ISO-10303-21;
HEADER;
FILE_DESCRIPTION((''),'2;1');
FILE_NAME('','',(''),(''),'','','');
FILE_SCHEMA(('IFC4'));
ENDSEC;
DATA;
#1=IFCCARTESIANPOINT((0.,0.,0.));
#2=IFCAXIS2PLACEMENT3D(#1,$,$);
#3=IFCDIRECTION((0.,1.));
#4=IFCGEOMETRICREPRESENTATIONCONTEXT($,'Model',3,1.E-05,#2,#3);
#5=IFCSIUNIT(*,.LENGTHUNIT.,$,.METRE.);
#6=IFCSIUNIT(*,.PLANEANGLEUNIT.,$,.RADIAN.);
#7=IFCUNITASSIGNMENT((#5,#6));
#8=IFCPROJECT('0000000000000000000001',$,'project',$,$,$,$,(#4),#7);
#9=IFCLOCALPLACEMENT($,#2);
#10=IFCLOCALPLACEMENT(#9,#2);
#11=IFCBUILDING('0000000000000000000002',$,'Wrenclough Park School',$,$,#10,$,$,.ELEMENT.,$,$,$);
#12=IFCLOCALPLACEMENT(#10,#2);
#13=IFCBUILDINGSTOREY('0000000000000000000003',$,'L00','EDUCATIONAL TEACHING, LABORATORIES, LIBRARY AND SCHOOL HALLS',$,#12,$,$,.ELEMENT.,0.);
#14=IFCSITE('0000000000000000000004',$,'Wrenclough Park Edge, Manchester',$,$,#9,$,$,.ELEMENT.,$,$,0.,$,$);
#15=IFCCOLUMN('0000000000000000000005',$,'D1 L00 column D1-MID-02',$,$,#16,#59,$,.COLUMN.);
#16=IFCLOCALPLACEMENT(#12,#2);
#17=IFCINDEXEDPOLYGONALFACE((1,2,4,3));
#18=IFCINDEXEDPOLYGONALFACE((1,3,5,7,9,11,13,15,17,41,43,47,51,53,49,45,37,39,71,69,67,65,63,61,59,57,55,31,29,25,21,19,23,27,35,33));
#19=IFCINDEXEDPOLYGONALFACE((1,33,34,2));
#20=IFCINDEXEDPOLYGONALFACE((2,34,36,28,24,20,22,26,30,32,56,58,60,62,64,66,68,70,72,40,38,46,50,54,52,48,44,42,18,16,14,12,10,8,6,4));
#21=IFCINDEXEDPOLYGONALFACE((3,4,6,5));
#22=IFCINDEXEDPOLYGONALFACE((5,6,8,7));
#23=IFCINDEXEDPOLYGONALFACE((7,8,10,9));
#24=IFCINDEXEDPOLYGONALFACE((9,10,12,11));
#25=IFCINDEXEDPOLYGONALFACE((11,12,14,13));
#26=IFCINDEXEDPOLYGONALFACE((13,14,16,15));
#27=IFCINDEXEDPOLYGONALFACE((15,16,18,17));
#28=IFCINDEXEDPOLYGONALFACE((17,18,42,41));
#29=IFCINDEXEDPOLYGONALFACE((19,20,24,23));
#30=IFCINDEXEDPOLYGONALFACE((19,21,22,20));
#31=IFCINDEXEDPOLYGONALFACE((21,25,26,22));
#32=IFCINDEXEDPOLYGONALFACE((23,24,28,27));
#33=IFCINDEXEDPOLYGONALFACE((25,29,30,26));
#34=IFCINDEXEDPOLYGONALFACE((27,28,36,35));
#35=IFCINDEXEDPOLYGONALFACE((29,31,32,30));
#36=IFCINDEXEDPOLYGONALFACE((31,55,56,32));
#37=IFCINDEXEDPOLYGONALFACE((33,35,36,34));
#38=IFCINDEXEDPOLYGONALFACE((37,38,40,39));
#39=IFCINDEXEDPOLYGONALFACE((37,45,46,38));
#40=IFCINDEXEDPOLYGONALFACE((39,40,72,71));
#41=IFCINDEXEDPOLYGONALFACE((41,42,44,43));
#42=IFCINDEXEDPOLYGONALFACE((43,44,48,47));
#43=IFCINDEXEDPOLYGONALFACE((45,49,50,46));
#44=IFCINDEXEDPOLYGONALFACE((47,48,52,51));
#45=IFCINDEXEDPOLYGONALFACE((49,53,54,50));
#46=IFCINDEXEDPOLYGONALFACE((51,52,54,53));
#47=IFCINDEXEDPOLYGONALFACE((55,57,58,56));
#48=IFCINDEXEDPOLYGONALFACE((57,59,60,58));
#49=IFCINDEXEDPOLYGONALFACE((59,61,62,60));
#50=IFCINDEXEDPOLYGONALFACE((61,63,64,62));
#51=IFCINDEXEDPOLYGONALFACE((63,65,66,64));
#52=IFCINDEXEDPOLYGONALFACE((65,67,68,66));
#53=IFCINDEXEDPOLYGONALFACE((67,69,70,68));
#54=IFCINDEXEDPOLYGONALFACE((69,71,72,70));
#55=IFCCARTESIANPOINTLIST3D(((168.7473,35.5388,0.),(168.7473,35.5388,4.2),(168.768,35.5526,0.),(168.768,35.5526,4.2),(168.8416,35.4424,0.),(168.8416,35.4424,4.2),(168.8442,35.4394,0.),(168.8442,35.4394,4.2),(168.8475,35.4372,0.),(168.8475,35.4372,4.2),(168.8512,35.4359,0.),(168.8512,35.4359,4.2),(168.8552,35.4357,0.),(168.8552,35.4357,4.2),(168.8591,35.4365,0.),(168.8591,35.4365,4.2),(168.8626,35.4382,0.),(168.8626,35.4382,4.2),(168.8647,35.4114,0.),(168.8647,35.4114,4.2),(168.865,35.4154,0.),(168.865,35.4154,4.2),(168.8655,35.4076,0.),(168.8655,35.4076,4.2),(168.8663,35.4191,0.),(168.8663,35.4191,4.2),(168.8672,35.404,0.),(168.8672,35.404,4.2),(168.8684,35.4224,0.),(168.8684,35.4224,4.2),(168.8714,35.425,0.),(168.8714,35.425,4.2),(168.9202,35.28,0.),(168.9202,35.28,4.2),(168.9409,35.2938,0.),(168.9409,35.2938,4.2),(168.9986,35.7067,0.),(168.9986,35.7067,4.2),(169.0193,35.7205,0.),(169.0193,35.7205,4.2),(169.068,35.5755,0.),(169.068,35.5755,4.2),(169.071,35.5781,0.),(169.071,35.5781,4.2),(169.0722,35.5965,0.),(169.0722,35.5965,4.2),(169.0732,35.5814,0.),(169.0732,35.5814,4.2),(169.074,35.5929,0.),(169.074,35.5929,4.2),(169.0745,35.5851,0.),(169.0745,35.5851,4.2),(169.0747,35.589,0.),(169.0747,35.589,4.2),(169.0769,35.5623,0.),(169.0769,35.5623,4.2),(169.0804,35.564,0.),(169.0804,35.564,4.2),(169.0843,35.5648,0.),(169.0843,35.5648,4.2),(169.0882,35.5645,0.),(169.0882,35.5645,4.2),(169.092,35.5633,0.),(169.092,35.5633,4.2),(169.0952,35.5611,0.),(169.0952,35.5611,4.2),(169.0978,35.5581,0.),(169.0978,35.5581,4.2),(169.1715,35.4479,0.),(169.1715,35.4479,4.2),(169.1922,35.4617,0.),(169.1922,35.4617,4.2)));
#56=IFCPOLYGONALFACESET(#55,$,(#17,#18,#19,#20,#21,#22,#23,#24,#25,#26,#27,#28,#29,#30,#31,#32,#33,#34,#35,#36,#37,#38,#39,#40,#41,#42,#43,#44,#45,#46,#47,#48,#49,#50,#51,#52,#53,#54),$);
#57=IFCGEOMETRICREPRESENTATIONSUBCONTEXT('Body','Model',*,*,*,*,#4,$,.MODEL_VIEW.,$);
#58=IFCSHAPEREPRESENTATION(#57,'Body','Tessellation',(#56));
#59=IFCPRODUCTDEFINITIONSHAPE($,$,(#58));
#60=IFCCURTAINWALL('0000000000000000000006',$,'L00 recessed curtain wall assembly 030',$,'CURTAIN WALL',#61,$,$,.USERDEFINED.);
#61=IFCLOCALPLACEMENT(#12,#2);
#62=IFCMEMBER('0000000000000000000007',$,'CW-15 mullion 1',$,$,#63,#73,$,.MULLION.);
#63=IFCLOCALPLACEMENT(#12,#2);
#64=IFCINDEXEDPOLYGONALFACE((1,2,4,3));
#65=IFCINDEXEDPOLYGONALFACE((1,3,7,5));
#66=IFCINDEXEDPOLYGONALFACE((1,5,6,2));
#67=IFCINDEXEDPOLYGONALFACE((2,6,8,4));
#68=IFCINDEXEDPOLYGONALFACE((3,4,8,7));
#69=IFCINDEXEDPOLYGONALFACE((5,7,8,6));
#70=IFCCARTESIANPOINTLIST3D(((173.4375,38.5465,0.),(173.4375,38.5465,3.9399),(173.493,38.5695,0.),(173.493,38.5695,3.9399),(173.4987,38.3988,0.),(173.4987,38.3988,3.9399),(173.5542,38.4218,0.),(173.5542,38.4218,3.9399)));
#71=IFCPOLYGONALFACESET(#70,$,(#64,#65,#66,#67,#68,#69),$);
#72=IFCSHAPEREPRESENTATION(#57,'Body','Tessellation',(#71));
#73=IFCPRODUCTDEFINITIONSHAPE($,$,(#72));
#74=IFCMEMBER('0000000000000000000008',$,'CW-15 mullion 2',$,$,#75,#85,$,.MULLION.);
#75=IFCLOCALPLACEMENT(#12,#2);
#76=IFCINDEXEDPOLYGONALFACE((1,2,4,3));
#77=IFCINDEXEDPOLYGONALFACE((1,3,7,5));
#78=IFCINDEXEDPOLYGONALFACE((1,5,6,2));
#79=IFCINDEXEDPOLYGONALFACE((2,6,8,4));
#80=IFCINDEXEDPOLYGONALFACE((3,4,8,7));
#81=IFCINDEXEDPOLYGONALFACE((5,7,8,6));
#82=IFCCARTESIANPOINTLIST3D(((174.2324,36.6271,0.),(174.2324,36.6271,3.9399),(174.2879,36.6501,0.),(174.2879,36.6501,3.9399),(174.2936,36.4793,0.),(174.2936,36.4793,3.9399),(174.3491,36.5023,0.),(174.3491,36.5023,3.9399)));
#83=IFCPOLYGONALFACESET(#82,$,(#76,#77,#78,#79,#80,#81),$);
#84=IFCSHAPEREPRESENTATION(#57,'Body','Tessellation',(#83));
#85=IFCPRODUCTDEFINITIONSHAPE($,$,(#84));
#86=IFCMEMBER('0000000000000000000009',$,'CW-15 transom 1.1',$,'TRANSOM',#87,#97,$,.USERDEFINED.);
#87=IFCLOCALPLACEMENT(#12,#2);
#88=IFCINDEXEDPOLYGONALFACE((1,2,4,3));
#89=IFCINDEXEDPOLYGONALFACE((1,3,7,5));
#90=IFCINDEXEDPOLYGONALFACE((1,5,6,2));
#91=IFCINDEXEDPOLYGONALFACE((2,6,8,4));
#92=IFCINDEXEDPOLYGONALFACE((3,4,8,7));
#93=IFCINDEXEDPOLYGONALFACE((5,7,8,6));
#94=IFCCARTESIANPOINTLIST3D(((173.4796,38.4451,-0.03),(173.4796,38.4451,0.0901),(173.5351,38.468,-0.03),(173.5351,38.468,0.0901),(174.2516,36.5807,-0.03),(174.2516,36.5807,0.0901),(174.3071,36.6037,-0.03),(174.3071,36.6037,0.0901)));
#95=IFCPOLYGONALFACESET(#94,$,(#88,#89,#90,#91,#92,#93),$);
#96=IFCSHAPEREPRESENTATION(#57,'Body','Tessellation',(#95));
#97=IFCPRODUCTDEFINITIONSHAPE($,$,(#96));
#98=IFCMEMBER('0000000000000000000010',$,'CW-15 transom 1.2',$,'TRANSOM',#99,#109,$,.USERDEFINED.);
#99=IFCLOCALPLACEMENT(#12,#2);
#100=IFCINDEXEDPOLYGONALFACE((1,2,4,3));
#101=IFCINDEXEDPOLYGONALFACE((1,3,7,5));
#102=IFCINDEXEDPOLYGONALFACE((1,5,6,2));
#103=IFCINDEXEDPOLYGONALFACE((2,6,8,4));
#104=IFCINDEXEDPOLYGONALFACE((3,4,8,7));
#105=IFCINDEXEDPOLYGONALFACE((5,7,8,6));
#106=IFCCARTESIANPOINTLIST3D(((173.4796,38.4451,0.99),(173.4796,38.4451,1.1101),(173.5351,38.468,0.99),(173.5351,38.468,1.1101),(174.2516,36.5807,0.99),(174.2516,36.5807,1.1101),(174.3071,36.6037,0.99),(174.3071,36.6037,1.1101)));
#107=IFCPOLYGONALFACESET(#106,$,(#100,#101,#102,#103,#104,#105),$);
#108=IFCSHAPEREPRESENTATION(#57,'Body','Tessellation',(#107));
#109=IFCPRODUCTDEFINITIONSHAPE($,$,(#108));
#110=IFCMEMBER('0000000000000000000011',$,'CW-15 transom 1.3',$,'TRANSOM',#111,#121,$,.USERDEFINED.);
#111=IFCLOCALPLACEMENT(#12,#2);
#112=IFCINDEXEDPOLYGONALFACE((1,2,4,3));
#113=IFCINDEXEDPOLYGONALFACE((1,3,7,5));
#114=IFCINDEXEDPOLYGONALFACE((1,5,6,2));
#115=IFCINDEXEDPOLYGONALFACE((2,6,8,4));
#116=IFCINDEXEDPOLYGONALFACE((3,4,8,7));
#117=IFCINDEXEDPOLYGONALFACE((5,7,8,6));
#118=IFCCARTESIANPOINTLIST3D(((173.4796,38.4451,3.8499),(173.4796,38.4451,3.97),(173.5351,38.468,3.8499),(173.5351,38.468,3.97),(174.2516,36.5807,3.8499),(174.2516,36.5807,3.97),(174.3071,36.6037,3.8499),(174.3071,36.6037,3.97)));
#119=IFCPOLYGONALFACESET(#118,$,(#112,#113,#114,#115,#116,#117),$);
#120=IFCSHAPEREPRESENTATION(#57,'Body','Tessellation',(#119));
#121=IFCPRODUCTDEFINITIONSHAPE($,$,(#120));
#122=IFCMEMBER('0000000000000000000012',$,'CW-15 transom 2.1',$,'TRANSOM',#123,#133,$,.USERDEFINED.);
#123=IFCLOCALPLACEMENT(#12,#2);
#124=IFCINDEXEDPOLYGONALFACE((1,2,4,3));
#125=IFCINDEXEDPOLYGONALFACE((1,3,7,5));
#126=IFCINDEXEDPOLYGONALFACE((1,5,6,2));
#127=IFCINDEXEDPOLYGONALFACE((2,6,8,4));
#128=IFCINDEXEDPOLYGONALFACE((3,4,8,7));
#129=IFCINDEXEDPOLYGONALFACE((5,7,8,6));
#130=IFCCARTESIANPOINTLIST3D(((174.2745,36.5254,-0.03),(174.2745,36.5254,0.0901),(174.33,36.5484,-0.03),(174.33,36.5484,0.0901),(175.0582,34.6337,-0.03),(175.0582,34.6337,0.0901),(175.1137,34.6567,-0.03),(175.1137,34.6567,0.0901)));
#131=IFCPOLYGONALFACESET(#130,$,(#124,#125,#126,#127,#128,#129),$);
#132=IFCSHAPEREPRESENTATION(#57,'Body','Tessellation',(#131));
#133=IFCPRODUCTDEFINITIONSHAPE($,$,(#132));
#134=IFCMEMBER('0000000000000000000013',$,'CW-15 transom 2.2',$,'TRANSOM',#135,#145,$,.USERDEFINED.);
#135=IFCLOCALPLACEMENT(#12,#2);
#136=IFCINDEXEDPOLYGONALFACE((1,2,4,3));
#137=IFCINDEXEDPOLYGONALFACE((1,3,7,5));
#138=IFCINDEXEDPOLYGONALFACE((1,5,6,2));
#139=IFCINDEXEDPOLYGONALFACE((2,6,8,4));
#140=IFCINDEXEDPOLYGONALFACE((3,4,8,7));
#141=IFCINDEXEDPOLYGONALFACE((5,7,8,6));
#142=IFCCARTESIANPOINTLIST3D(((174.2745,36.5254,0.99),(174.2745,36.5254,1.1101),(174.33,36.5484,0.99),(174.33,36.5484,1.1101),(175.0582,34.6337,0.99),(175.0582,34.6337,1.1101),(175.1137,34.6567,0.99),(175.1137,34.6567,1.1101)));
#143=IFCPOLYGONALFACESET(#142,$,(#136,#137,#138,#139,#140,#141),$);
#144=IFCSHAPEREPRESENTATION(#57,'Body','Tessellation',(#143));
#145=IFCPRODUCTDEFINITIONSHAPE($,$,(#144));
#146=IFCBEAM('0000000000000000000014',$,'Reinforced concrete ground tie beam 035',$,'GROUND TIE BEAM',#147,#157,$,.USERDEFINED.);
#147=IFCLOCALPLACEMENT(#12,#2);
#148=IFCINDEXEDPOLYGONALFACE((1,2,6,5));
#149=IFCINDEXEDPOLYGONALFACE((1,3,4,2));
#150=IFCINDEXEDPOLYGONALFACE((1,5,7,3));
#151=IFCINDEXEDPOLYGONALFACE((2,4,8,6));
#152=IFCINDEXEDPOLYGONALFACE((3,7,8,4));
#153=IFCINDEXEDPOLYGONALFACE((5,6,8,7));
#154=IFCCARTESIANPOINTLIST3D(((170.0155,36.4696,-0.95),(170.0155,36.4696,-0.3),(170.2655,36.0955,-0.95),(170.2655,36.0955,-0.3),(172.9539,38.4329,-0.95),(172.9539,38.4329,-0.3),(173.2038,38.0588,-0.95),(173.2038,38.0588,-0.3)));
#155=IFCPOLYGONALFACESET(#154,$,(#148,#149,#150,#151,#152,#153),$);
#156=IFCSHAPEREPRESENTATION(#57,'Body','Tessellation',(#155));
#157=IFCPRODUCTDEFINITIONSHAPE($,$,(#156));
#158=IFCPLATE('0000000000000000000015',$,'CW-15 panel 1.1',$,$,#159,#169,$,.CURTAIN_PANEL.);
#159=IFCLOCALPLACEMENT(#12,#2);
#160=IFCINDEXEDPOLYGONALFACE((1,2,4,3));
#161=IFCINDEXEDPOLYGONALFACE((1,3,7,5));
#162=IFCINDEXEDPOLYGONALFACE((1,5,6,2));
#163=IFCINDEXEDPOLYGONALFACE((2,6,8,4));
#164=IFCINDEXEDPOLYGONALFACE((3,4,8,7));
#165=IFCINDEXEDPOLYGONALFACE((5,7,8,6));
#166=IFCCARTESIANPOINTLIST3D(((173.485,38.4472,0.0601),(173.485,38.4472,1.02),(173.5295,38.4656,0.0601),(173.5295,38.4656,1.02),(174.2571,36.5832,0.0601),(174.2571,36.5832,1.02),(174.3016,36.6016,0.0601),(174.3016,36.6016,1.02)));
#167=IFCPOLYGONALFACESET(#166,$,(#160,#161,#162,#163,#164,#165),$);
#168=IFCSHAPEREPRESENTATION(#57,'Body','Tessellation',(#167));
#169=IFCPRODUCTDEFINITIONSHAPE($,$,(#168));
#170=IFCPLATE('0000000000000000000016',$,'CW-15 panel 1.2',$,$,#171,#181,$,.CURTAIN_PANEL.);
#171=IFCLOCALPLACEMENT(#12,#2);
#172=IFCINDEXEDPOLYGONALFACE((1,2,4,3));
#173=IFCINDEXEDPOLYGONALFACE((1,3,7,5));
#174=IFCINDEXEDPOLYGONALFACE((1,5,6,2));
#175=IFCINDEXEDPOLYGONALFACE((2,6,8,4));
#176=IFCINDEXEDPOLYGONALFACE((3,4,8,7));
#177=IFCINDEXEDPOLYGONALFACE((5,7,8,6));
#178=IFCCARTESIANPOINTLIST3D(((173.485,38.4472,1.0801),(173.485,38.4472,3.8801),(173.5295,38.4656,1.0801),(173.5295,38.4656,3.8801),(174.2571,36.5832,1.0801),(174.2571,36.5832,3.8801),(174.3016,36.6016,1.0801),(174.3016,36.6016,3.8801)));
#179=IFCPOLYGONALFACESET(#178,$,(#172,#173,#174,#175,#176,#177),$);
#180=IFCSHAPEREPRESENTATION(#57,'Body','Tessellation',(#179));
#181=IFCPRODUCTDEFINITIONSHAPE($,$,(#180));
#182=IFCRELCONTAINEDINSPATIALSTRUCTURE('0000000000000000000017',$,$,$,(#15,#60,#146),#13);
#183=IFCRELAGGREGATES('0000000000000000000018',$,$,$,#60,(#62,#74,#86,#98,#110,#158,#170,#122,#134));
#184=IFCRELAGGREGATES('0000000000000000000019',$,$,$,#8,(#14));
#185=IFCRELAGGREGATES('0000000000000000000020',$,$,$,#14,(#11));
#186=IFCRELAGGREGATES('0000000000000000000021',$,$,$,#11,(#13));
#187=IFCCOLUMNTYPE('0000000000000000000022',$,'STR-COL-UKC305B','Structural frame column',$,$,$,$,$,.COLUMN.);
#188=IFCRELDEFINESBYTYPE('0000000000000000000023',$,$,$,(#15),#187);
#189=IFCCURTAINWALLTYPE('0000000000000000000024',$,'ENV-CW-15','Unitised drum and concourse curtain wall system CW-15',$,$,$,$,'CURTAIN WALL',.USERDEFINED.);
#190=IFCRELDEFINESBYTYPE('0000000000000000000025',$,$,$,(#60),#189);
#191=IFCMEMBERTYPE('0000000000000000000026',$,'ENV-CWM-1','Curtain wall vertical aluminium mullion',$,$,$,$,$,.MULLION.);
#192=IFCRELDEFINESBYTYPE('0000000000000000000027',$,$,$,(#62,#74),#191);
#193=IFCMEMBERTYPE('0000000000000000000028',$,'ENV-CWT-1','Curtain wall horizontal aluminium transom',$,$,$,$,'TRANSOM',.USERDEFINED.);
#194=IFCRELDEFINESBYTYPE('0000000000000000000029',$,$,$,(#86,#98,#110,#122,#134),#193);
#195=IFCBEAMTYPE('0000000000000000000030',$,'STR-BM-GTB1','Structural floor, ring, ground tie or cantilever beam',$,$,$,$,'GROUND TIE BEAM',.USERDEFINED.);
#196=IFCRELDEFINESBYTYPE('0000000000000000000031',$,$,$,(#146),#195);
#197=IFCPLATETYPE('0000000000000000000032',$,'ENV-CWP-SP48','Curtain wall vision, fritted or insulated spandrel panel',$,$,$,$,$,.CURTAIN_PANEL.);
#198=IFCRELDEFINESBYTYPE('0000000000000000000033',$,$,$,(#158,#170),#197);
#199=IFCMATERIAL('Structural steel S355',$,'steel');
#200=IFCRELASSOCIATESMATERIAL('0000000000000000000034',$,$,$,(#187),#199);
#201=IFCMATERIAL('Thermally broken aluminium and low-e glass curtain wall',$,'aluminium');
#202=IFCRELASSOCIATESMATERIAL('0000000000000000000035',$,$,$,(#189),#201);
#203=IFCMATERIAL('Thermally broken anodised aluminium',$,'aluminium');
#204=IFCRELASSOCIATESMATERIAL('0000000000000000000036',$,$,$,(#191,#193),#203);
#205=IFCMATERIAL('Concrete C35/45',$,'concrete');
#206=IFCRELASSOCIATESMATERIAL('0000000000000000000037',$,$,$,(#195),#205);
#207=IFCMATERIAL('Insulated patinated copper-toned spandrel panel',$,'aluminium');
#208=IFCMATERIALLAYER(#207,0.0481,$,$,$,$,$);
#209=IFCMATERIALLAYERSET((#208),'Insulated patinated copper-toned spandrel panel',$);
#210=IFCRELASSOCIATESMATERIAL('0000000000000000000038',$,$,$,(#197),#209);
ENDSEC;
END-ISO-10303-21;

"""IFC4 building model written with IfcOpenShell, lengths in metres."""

from ifc_helpers import new_model, si_unit, direction, frame, origin, origin_2d, place, context, subcontext, project, spatial, rectangle, i_section, extrude, material, layer, layer_set, material_profile, profile_set, type_object, element, aggregate, save


model = new_model("IFC4")

# Units and contexts
model_context = context("Model", 3, precision=1e-05, world=origin(), true_north=direction((0.0, 1.0)))
body_context = subcontext(model_context, "Body", "Model", "MODEL_VIEW")
ifc_project = project(units=[si_unit("LENGTHUNIT", "METRE"), si_unit("PLANEANGLEUNIT", "RADIAN")], contexts=[model_context])

# Site, building, storey
site_placement = place(None, origin())
site = spatial("IfcSite", under=ifc_project, at=site_placement, Name="Wrenclough Park Edge, Manchester", CompositionType="ELEMENT", RefElevation=0.0)
building_placement = place(site_placement, origin())
building = spatial("IfcBuilding", under=site, at=building_placement, Name="Wrenclough Park School", CompositionType="ELEMENT")
storey_placement = place(building_placement, origin())
storey = spatial("IfcBuildingStorey", under=building, at=storey_placement, Name="L00", Description="EDUCATIONAL TEACHING, LABORATORIES, LIBRARY AND SCHOOL HALLS", CompositionType="ELEMENT", Elevation=0.0)

# Shared definitions
ifc_material_1 = material(Name="Concrete C35/45", Category="concrete")

# Column
ifc_material_2 = material(Name="Structural steel S355", Category="steel")
ifc_material_profile_1 = material_profile(ifc_material_2, i_section(OverallWidth=0.3113, OverallDepth=0.3271, WebThickness=0.0159, FlangeThickness=0.0249, FilletRadius=0.0151, at=origin_2d()), Name="UKC 305x305x158")
ifc_profile_set_1 = profile_set([ifc_material_profile_1], Name="Structural steel S355")
column_type = type_object("IfcColumnType", Name="STR-COL-UKC305B", Description="Structural frame column", PredefinedType="COLUMN", material=ifc_profile_set_1)
column_placement = place(storey_placement, frame((168.9697, 35.5002, 0.0), z_axis=(0.0, 0.0, 1.0), x_axis=(-0.55557, 0.83147, 0.0)))
element("IfcColumn", 1, at=column_placement, inside=storey, type_object=column_type, Name="D1 L00 column D1-MID-02", PredefinedType="COLUMN", context=body_context, shape_type="SweptSolid", body=[
    extrude(i_section(OverallWidth=0.3113, OverallDepth=0.3271, WebThickness=0.0159, FlangeThickness=0.0249, FilletRadius=0.0151, at=origin_2d()), origin(), (0.0, 0.0, 1.0), 4.2),
])

# Curtain wall, members
ifc_material_3 = material(Name="Thermally broken aluminium and low-e glass curtain wall", Category="aluminium")
curtain_wall_type = type_object("IfcCurtainWallType", Name="ENV-CW-15", Description="Unitised drum and concourse curtain wall system CW-15", ElementType="CURTAIN WALL", PredefinedType="USERDEFINED", material=ifc_material_3)
curtain_wall_placement = place(storey_placement, origin())
curtain_wall = element("IfcCurtainWall", 2, at=curtain_wall_placement, inside=storey, type_object=curtain_wall_type, Name="L00 recessed curtain wall assembly 030", ObjectType="CURTAIN WALL", PredefinedType="USERDEFINED")
ifc_material_4 = material(Name="Thermally broken anodised aluminium", Category="aluminium")
ifc_material_profile_2 = material_profile(ifc_material_4, rectangle(XDim=0.0601, YDim=0.1599, at=origin_2d()), Name="AL MULLION 60x160")
ifc_profile_set_2 = profile_set([ifc_material_profile_2], Name="Thermally broken anodised aluminium")
member_type_1 = type_object("IfcMemberType", Name="ENV-CWM-1", Description="Curtain wall vertical aluminium mullion", PredefinedType="MULLION", material=ifc_profile_set_2)
member_1_placement = place(storey_placement, frame((173.4958, 38.4841, 0.0), z_axis=(0.0, 0.0, 1.0), x_axis=(0.923878, 0.382687, 0.0)))
member_1 = element("IfcMember", 3, at=member_1_placement, type_object=member_type_1, Name="CW-15 mullion 1", PredefinedType="MULLION", context=body_context, shape_type="SweptSolid", body=[
    extrude(rectangle(XDim=0.0601, YDim=0.1599, at=origin_2d()), origin(), (0.0, 0.0, 1.0), 3.9399),
])
member_2_placement = place(storey_placement, frame((174.2908, 36.5647, 0.0), z_axis=(0.0, 0.0, 1.0), x_axis=(0.923878, 0.382687, 0.0)))
member_2 = element("IfcMember", 4, at=member_2_placement, type_object=member_type_1, Name="CW-15 mullion 2", PredefinedType="MULLION", context=body_context, shape_type="SweptSolid", body=[
    extrude(rectangle(XDim=0.0601, YDim=0.1599, at=origin_2d()), origin(), (0.0, 0.0, 1.0), 3.9399),
])
ifc_material_profile_3 = material_profile(ifc_material_4, rectangle(XDim=0.0601, YDim=0.1201, at=origin_2d()), Name="AL TRANSOM 60x120")
ifc_profile_set_3 = profile_set([ifc_material_profile_3], Name="Thermally broken anodised aluminium")
member_type_2 = type_object("IfcMemberType", Name="ENV-CWT-1", Description="Curtain wall horizontal aluminium transom", ElementType="TRANSOM", PredefinedType="USERDEFINED", material=ifc_profile_set_3)
member_3_placement = place(storey_placement, frame((173.5073, 38.4565, 0.03), z_axis=(0.382587, -0.92392, 0.0), x_axis=(0.92392, 0.382587, 0.0)))
member_3 = element("IfcMember", 5, at=member_3_placement, type_object=member_type_2, Name="CW-15 transom 1.1", ObjectType="TRANSOM", PredefinedType="USERDEFINED", context=body_context, shape_type="SweptSolid", body=[
    extrude(rectangle(XDim=0.0601, YDim=0.1201, at=origin_2d()), origin(), (0.0, 0.0, 1.0), 2.0178),
])
member_4_placement = place(storey_placement, frame((173.5073, 38.4565, 1.05), z_axis=(0.382587, -0.92392, 0.0), x_axis=(0.92392, 0.382587, 0.0)))
member_4 = element("IfcMember", 6, at=member_4_placement, type_object=member_type_2, Name="CW-15 transom 1.2", ObjectType="TRANSOM", PredefinedType="USERDEFINED", context=body_context, shape_type="SweptSolid", body=[
    extrude(rectangle(XDim=0.0601, YDim=0.1201, at=origin_2d()), origin(), (0.0, 0.0, 1.0), 2.0178),
])
member_5_placement = place(storey_placement, frame((173.5073, 38.4565, 3.9099), z_axis=(0.382587, -0.92392, 0.0), x_axis=(0.92392, 0.382587, 0.0)))
member_5 = element("IfcMember", 7, at=member_5_placement, type_object=member_type_2, Name="CW-15 transom 1.3", ObjectType="TRANSOM", PredefinedType="USERDEFINED", context=body_context, shape_type="SweptSolid", body=[
    extrude(rectangle(XDim=0.0601, YDim=0.1201, at=origin_2d()), origin(), (0.0, 0.0, 1.0), 2.0178),
])
member_6_placement = place(storey_placement, frame((174.3022, 36.5369, 0.03), z_axis=(0.382752, -0.923851, 0.0), x_axis=(0.923851, 0.382752, 0.0)))
member_6 = element("IfcMember", 8, at=member_6_placement, type_object=member_type_2, Name="CW-15 transom 2.1", ObjectType="TRANSOM", PredefinedType="USERDEFINED", context=body_context, shape_type="SweptSolid", body=[
    extrude(rectangle(XDim=0.0601, YDim=0.1201, at=origin_2d()), origin(), (0.0, 0.0, 1.0), 2.0476),
])
member_7_placement = place(storey_placement, frame((174.3022, 36.5369, 1.05), z_axis=(0.382752, -0.923851, 0.0), x_axis=(0.923851, 0.382752, 0.0)))
member_7 = element("IfcMember", 9, at=member_7_placement, type_object=member_type_2, Name="CW-15 transom 2.2", ObjectType="TRANSOM", PredefinedType="USERDEFINED", context=body_context, shape_type="SweptSolid", body=[
    extrude(rectangle(XDim=0.0601, YDim=0.1201, at=origin_2d()), origin(), (0.0, 0.0, 1.0), 2.0476),
])

# Beam
ifc_material_profile_4 = material_profile(ifc_material_1, rectangle(XDim=0.45, YDim=0.6499, at=origin_2d()), Name="RC GROUND 450x650")
ifc_profile_set_4 = profile_set([ifc_material_profile_4], Name="Concrete C35/45")
beam_type = type_object("IfcBeamType", Name="STR-BM-GTB1", Description="Structural floor, ring, ground tie or cantilever beam", ElementType="GROUND TIE BEAM", PredefinedType="USERDEFINED", material=ifc_profile_set_4)
beam_placement = place(storey_placement, frame((173.0789, 38.2458, -0.625), z_axis=(-0.831476, -0.555561, 0.0), x_axis=(0.555561, -0.831476, 0.0)))
element("IfcBeam", 10, at=beam_placement, inside=storey, type_object=beam_type, Name="Reinforced concrete ground tie beam 035", ObjectType="GROUND TIE BEAM", PredefinedType="USERDEFINED", context=body_context, shape_type="SweptSolid", body=[
    extrude(rectangle(XDim=0.45, YDim=0.6499, at=origin_2d()), origin(), (0.0, 0.0, 1.0), 3.5339),
])

# Plates
ifc_material_5 = material(Name="Insulated patinated copper-toned spandrel panel", Category="aluminium")
ifc_layer_1 = layer(ifc_material_5, 0.0481)
ifc_layer_set_1 = layer_set([ifc_layer_1], Name="Insulated patinated copper-toned spandrel panel")
plate_type_1 = type_object("IfcPlateType", Name="ENV-CWP-SP48", Description="Curtain wall vision, fritted or insulated spandrel panel", PredefinedType="CURTAIN_PANEL", material=ifc_layer_set_1)
plate_1_placement = place(storey_placement, frame((173.8933, 37.5244, 0.0601), z_axis=(0.0, 0.0, 1.0), x_axis=(0.382687, -0.923878, 0.0)))
plate_1 = element("IfcPlate", 11, at=plate_1_placement, type_object=plate_type_1, Name="CW-15 panel 1.1", PredefinedType="CURTAIN_PANEL", context=body_context, shape_type="SweptSolid", body=[
    extrude(rectangle(XDim=2.0176, YDim=0.0481, at=origin_2d()), origin(), (0.0, 0.0, 1.0), 0.96),
])
plate_2_placement = place(storey_placement, frame((173.8933, 37.5244, 1.0801), z_axis=(0.0, 0.0, 1.0), x_axis=(0.382687, -0.923878, 0.0)))
plate_2 = element("IfcPlate", 12, at=plate_2_placement, type_object=plate_type_1, Name="CW-15 panel 1.2", PredefinedType="CURTAIN_PANEL", context=body_context, shape_type="SweptSolid", body=[
    extrude(rectangle(XDim=2.0176, YDim=0.0481, at=origin_2d()), origin(), (0.0, 0.0, 1.0), 2.8),
])
aggregate(curtain_wall, [member_1, member_2, member_3, member_4, member_5, plate_1, plate_2, member_6, member_7])

save(model, "model.ifc")
